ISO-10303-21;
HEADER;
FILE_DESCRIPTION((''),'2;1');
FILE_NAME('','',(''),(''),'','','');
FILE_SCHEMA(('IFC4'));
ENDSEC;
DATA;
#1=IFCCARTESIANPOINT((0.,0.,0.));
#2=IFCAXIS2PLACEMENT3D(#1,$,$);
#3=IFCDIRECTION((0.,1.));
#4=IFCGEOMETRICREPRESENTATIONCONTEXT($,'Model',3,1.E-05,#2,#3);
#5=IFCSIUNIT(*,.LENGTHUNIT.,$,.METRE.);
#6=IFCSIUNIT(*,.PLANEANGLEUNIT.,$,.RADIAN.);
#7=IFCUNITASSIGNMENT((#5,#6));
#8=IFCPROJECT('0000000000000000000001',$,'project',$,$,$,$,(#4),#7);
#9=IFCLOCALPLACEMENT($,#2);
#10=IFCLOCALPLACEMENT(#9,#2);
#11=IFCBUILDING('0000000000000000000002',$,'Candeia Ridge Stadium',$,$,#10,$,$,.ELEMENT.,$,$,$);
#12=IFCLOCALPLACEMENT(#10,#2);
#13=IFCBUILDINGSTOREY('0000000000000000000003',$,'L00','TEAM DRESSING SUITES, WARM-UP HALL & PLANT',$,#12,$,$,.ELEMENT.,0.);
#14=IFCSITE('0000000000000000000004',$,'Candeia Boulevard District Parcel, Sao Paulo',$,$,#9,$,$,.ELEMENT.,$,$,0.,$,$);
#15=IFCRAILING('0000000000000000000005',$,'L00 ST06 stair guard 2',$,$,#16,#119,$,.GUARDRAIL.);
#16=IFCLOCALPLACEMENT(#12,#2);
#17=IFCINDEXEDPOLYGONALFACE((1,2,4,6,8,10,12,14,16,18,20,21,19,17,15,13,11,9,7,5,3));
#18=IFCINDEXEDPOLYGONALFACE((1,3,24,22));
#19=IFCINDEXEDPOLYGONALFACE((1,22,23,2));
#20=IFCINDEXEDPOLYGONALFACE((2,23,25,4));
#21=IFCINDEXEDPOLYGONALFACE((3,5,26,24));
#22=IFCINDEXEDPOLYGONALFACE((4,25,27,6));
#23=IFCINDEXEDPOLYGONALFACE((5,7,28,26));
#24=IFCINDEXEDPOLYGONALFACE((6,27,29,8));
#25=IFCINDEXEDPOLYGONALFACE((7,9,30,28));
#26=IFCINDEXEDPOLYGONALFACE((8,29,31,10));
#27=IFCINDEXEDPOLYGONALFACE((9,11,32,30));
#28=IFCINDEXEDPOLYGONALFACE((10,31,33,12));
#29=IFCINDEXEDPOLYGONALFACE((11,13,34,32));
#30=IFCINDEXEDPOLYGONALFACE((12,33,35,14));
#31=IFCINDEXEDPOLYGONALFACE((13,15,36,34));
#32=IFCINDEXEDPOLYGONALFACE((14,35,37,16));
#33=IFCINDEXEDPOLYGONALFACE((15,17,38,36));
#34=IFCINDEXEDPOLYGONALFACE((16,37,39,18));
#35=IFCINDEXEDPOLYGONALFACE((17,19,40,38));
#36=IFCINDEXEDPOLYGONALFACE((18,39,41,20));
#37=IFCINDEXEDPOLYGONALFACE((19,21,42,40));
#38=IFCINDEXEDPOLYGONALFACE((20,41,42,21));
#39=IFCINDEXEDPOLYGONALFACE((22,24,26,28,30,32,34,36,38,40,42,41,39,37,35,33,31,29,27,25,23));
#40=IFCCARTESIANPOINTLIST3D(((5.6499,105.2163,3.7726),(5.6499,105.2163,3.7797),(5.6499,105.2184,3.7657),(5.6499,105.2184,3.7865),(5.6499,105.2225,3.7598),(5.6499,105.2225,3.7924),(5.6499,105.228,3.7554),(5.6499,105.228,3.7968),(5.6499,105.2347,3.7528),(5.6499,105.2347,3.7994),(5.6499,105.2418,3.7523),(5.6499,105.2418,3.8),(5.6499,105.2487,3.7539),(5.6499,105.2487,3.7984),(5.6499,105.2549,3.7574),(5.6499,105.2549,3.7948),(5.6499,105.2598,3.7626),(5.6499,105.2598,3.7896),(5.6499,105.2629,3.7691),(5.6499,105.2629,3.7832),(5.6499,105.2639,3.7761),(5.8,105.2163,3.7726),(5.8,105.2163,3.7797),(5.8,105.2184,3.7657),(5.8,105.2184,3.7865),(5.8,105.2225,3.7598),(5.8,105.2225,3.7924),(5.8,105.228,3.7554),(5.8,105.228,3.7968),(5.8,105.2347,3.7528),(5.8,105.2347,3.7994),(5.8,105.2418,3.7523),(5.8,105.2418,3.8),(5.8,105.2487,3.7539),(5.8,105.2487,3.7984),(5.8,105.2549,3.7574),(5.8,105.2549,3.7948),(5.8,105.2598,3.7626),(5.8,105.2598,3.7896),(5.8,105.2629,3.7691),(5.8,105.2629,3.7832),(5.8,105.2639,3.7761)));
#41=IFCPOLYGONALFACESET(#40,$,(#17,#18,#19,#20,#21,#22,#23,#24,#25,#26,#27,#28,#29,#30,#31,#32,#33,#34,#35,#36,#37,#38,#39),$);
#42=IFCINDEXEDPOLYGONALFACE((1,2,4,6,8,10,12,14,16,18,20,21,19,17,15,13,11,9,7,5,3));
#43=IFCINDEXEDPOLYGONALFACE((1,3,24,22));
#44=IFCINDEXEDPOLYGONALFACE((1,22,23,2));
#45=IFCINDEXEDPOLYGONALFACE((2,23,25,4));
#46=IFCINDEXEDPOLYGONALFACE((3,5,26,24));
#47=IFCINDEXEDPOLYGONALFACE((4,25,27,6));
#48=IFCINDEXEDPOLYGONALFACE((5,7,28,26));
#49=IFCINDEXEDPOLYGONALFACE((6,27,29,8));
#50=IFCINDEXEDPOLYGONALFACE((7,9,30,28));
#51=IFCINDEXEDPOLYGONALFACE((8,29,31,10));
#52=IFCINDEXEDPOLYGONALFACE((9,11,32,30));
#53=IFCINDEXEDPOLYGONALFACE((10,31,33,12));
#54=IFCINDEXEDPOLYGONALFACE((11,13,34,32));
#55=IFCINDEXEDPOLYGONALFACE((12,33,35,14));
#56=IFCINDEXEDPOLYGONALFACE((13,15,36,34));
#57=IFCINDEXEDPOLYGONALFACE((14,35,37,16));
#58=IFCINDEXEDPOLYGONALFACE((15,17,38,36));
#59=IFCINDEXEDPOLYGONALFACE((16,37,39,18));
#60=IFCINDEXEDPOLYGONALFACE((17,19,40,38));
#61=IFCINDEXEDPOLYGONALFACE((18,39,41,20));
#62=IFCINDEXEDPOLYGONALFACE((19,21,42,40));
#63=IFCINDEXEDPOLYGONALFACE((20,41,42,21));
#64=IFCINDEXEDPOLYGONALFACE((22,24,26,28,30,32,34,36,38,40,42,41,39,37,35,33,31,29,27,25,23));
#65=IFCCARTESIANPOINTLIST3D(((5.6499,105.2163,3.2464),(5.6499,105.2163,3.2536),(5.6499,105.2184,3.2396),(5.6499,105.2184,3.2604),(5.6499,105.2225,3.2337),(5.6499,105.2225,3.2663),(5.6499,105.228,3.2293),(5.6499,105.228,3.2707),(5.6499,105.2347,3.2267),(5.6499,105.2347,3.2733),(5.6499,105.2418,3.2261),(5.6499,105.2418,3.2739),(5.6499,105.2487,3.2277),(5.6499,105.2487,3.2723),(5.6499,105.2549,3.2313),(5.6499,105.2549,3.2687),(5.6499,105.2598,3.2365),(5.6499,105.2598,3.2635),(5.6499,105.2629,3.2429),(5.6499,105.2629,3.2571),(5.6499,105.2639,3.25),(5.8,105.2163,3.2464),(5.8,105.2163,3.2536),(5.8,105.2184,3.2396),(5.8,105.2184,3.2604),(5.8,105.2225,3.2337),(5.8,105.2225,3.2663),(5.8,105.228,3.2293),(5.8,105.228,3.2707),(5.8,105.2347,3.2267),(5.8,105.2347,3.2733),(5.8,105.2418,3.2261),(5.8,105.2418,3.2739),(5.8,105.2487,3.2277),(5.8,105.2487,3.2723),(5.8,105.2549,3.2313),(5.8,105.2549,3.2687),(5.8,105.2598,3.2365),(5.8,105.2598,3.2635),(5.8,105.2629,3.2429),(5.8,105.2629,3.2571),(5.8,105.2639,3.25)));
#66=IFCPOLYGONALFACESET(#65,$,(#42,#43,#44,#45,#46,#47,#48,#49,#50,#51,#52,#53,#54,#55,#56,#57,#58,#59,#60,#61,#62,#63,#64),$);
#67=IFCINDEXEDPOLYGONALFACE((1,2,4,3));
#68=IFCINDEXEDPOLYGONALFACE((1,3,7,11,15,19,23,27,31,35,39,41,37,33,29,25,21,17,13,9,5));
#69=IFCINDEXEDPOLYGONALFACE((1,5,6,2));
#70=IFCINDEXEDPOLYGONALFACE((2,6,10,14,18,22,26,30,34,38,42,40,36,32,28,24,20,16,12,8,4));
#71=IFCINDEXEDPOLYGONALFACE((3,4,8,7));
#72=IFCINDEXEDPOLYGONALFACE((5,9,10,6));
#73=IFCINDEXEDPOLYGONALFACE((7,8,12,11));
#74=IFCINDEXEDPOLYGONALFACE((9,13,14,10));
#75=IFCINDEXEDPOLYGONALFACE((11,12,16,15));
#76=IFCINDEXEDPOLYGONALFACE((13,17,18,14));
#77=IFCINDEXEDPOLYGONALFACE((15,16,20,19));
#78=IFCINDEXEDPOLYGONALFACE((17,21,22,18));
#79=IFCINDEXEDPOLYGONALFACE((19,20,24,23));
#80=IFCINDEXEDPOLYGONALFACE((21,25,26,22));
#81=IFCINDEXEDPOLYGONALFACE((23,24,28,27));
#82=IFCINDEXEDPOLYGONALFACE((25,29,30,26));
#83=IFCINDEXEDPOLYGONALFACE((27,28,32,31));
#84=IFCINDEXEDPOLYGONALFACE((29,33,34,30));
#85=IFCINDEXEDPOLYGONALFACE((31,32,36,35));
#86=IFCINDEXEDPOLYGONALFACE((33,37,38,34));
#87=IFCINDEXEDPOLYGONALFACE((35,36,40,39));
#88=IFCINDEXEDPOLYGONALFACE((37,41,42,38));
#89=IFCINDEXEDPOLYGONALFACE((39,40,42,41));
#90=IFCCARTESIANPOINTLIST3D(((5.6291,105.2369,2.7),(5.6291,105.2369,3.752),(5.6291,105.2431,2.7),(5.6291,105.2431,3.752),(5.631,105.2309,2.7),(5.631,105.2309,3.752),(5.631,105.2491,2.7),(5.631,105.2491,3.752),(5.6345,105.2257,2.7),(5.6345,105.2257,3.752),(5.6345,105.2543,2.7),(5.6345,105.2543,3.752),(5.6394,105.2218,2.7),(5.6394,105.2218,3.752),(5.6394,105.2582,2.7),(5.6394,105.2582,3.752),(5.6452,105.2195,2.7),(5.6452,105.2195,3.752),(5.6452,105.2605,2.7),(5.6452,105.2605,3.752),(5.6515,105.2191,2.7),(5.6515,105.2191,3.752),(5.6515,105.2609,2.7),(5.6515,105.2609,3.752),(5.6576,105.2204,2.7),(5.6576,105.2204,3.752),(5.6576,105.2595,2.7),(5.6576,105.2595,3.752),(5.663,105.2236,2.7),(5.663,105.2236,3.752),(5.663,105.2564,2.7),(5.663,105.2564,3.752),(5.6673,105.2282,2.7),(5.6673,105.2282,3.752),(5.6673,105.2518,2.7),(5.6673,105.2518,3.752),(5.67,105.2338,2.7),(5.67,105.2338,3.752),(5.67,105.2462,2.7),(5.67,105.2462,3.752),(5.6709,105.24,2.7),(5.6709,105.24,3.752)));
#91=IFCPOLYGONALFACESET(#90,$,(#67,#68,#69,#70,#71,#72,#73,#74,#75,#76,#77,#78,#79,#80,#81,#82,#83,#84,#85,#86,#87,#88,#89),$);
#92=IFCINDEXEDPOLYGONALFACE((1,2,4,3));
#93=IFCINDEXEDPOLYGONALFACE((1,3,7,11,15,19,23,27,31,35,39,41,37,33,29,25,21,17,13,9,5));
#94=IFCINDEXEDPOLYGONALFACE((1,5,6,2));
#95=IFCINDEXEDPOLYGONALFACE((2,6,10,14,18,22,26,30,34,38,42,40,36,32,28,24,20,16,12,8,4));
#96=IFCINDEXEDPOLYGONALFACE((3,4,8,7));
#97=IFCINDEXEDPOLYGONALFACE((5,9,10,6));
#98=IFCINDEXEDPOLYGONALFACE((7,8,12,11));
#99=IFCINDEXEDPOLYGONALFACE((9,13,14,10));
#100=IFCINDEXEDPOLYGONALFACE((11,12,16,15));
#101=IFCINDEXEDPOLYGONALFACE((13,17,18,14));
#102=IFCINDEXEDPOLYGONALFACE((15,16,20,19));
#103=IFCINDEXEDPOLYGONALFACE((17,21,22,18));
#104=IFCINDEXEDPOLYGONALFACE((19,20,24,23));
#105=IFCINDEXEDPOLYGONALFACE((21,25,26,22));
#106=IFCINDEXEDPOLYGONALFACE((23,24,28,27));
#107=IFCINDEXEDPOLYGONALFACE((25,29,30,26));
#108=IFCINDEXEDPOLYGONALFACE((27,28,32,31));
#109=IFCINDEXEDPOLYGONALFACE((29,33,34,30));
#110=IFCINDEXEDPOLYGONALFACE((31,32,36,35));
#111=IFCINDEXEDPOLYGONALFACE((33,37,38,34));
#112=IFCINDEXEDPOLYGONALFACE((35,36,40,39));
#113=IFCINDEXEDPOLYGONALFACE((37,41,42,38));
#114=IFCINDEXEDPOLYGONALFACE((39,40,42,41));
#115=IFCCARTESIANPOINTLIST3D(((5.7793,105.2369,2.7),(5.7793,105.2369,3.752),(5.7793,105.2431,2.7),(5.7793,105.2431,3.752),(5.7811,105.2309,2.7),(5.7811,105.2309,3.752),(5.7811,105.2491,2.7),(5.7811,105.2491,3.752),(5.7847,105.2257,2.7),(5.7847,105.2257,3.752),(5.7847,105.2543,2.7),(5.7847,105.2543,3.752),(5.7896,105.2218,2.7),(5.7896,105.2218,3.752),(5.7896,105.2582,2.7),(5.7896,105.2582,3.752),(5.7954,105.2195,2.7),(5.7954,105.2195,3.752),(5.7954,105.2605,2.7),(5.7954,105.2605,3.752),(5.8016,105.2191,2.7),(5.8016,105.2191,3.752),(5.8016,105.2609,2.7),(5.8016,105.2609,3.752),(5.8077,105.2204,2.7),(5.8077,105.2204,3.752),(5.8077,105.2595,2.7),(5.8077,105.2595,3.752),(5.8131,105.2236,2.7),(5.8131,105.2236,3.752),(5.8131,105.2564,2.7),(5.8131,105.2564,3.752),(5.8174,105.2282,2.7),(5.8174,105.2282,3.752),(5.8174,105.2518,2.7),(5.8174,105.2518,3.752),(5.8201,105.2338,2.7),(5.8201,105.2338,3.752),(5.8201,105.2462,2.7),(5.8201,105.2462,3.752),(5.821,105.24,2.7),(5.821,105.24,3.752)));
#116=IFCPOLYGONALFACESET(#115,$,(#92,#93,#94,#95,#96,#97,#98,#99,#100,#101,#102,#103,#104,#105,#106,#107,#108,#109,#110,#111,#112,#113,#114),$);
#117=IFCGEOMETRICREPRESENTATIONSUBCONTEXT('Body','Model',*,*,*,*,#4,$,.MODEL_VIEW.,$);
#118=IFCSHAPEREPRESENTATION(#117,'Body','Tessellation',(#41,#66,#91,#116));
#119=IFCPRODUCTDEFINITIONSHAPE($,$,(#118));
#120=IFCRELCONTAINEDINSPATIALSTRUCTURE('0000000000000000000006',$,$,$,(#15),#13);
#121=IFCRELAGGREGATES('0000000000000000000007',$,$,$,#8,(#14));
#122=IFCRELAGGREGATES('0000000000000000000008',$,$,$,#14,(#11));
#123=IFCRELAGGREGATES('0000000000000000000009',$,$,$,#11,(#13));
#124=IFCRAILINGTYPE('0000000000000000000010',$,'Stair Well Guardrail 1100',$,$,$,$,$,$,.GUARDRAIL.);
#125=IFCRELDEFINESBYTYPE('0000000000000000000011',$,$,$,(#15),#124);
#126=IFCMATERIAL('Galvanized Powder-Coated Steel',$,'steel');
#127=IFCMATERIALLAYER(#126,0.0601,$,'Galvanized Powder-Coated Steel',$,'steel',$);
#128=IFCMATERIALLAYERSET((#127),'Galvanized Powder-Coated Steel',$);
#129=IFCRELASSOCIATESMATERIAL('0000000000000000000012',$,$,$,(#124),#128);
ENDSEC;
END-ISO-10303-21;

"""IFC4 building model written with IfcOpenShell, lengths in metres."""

from ifc_helpers import new_model, si_unit, direction, frame, origin, origin_2d, place, context, subcontext, project, spatial, circle, extrude, material, layer, layer_set, type_object, element, save


model = new_model("IFC4")

# Units and contexts
model_context = context("Model", 3, precision=1e-05, world=origin(), true_north=direction((0.0, 1.0)))
body_context = subcontext(model_context, "Body", "Model", "MODEL_VIEW")
ifc_project = project(units=[si_unit("LENGTHUNIT", "METRE"), si_unit("PLANEANGLEUNIT", "RADIAN")], contexts=[model_context])

# Site, building, storey
site_placement = place(None, origin())
site = spatial("IfcSite", under=ifc_project, at=site_placement, Name="Candeia Boulevard District Parcel, Sao Paulo", CompositionType="ELEMENT", RefElevation=0.0)
building_placement = place(site_placement, origin())
building = spatial("IfcBuilding", under=site, at=building_placement, Name="Candeia Ridge Stadium", CompositionType="ELEMENT")
storey_placement = place(building_placement, origin())
storey = spatial("IfcBuildingStorey", under=building, at=storey_placement, Name="L00", Description="TEAM DRESSING SUITES, WARM-UP HALL & PLANT", CompositionType="ELEMENT", Elevation=0.0)

# Railing
ifc_material_1 = material(Name="Galvanized Powder-Coated Steel", Category="steel")
ifc_layer_1 = layer(ifc_material_1, 0.0601, Name="Galvanized Powder-Coated Steel", Category="steel")
ifc_layer_set_1 = layer_set([ifc_layer_1], Name="Galvanized Powder-Coated Steel")
railing_type_1 = type_object("IfcRailingType", Name="Stair Well Guardrail 1100", PredefinedType="GUARDRAIL", material=ifc_layer_set_1)
railing_1_placement = place(storey_placement, frame((5.6499, 105.24, 2.7)))
element("IfcRailing", 1, at=railing_1_placement, inside=storey, type_object=railing_type_1, Name="L00 ST06 stair guard 2", PredefinedType="GUARDRAIL", context=body_context, shape_type="SweptSolid", body=[
    extrude(circle(Radius=0.0239, at=origin_2d()), frame((0.0, 0.0, 1.0762), z_axis=(1.0, 0.0, 0.0), x_axis=(0.0, 1.0, 0.0)), (0.0, 0.0, 1.0), 0.1501),
    extrude(circle(Radius=0.0239, at=origin_2d()), frame((0.0, 0.0, 0.55), z_axis=(1.0, 0.0, 0.0), x_axis=(0.0, 1.0, 0.0)), (0.0, 0.0, 1.0), 0.1501),
    extrude(circle(Radius=0.021, at=origin_2d()), origin(), (0.0, 0.0, 1.0), 1.052),
    extrude(circle(Radius=0.021, at=origin_2d()), frame((0.1501, 0.0, 0.0)), (0.0, 0.0, 1.0), 1.052),
])

save(model, "model.ifc")
